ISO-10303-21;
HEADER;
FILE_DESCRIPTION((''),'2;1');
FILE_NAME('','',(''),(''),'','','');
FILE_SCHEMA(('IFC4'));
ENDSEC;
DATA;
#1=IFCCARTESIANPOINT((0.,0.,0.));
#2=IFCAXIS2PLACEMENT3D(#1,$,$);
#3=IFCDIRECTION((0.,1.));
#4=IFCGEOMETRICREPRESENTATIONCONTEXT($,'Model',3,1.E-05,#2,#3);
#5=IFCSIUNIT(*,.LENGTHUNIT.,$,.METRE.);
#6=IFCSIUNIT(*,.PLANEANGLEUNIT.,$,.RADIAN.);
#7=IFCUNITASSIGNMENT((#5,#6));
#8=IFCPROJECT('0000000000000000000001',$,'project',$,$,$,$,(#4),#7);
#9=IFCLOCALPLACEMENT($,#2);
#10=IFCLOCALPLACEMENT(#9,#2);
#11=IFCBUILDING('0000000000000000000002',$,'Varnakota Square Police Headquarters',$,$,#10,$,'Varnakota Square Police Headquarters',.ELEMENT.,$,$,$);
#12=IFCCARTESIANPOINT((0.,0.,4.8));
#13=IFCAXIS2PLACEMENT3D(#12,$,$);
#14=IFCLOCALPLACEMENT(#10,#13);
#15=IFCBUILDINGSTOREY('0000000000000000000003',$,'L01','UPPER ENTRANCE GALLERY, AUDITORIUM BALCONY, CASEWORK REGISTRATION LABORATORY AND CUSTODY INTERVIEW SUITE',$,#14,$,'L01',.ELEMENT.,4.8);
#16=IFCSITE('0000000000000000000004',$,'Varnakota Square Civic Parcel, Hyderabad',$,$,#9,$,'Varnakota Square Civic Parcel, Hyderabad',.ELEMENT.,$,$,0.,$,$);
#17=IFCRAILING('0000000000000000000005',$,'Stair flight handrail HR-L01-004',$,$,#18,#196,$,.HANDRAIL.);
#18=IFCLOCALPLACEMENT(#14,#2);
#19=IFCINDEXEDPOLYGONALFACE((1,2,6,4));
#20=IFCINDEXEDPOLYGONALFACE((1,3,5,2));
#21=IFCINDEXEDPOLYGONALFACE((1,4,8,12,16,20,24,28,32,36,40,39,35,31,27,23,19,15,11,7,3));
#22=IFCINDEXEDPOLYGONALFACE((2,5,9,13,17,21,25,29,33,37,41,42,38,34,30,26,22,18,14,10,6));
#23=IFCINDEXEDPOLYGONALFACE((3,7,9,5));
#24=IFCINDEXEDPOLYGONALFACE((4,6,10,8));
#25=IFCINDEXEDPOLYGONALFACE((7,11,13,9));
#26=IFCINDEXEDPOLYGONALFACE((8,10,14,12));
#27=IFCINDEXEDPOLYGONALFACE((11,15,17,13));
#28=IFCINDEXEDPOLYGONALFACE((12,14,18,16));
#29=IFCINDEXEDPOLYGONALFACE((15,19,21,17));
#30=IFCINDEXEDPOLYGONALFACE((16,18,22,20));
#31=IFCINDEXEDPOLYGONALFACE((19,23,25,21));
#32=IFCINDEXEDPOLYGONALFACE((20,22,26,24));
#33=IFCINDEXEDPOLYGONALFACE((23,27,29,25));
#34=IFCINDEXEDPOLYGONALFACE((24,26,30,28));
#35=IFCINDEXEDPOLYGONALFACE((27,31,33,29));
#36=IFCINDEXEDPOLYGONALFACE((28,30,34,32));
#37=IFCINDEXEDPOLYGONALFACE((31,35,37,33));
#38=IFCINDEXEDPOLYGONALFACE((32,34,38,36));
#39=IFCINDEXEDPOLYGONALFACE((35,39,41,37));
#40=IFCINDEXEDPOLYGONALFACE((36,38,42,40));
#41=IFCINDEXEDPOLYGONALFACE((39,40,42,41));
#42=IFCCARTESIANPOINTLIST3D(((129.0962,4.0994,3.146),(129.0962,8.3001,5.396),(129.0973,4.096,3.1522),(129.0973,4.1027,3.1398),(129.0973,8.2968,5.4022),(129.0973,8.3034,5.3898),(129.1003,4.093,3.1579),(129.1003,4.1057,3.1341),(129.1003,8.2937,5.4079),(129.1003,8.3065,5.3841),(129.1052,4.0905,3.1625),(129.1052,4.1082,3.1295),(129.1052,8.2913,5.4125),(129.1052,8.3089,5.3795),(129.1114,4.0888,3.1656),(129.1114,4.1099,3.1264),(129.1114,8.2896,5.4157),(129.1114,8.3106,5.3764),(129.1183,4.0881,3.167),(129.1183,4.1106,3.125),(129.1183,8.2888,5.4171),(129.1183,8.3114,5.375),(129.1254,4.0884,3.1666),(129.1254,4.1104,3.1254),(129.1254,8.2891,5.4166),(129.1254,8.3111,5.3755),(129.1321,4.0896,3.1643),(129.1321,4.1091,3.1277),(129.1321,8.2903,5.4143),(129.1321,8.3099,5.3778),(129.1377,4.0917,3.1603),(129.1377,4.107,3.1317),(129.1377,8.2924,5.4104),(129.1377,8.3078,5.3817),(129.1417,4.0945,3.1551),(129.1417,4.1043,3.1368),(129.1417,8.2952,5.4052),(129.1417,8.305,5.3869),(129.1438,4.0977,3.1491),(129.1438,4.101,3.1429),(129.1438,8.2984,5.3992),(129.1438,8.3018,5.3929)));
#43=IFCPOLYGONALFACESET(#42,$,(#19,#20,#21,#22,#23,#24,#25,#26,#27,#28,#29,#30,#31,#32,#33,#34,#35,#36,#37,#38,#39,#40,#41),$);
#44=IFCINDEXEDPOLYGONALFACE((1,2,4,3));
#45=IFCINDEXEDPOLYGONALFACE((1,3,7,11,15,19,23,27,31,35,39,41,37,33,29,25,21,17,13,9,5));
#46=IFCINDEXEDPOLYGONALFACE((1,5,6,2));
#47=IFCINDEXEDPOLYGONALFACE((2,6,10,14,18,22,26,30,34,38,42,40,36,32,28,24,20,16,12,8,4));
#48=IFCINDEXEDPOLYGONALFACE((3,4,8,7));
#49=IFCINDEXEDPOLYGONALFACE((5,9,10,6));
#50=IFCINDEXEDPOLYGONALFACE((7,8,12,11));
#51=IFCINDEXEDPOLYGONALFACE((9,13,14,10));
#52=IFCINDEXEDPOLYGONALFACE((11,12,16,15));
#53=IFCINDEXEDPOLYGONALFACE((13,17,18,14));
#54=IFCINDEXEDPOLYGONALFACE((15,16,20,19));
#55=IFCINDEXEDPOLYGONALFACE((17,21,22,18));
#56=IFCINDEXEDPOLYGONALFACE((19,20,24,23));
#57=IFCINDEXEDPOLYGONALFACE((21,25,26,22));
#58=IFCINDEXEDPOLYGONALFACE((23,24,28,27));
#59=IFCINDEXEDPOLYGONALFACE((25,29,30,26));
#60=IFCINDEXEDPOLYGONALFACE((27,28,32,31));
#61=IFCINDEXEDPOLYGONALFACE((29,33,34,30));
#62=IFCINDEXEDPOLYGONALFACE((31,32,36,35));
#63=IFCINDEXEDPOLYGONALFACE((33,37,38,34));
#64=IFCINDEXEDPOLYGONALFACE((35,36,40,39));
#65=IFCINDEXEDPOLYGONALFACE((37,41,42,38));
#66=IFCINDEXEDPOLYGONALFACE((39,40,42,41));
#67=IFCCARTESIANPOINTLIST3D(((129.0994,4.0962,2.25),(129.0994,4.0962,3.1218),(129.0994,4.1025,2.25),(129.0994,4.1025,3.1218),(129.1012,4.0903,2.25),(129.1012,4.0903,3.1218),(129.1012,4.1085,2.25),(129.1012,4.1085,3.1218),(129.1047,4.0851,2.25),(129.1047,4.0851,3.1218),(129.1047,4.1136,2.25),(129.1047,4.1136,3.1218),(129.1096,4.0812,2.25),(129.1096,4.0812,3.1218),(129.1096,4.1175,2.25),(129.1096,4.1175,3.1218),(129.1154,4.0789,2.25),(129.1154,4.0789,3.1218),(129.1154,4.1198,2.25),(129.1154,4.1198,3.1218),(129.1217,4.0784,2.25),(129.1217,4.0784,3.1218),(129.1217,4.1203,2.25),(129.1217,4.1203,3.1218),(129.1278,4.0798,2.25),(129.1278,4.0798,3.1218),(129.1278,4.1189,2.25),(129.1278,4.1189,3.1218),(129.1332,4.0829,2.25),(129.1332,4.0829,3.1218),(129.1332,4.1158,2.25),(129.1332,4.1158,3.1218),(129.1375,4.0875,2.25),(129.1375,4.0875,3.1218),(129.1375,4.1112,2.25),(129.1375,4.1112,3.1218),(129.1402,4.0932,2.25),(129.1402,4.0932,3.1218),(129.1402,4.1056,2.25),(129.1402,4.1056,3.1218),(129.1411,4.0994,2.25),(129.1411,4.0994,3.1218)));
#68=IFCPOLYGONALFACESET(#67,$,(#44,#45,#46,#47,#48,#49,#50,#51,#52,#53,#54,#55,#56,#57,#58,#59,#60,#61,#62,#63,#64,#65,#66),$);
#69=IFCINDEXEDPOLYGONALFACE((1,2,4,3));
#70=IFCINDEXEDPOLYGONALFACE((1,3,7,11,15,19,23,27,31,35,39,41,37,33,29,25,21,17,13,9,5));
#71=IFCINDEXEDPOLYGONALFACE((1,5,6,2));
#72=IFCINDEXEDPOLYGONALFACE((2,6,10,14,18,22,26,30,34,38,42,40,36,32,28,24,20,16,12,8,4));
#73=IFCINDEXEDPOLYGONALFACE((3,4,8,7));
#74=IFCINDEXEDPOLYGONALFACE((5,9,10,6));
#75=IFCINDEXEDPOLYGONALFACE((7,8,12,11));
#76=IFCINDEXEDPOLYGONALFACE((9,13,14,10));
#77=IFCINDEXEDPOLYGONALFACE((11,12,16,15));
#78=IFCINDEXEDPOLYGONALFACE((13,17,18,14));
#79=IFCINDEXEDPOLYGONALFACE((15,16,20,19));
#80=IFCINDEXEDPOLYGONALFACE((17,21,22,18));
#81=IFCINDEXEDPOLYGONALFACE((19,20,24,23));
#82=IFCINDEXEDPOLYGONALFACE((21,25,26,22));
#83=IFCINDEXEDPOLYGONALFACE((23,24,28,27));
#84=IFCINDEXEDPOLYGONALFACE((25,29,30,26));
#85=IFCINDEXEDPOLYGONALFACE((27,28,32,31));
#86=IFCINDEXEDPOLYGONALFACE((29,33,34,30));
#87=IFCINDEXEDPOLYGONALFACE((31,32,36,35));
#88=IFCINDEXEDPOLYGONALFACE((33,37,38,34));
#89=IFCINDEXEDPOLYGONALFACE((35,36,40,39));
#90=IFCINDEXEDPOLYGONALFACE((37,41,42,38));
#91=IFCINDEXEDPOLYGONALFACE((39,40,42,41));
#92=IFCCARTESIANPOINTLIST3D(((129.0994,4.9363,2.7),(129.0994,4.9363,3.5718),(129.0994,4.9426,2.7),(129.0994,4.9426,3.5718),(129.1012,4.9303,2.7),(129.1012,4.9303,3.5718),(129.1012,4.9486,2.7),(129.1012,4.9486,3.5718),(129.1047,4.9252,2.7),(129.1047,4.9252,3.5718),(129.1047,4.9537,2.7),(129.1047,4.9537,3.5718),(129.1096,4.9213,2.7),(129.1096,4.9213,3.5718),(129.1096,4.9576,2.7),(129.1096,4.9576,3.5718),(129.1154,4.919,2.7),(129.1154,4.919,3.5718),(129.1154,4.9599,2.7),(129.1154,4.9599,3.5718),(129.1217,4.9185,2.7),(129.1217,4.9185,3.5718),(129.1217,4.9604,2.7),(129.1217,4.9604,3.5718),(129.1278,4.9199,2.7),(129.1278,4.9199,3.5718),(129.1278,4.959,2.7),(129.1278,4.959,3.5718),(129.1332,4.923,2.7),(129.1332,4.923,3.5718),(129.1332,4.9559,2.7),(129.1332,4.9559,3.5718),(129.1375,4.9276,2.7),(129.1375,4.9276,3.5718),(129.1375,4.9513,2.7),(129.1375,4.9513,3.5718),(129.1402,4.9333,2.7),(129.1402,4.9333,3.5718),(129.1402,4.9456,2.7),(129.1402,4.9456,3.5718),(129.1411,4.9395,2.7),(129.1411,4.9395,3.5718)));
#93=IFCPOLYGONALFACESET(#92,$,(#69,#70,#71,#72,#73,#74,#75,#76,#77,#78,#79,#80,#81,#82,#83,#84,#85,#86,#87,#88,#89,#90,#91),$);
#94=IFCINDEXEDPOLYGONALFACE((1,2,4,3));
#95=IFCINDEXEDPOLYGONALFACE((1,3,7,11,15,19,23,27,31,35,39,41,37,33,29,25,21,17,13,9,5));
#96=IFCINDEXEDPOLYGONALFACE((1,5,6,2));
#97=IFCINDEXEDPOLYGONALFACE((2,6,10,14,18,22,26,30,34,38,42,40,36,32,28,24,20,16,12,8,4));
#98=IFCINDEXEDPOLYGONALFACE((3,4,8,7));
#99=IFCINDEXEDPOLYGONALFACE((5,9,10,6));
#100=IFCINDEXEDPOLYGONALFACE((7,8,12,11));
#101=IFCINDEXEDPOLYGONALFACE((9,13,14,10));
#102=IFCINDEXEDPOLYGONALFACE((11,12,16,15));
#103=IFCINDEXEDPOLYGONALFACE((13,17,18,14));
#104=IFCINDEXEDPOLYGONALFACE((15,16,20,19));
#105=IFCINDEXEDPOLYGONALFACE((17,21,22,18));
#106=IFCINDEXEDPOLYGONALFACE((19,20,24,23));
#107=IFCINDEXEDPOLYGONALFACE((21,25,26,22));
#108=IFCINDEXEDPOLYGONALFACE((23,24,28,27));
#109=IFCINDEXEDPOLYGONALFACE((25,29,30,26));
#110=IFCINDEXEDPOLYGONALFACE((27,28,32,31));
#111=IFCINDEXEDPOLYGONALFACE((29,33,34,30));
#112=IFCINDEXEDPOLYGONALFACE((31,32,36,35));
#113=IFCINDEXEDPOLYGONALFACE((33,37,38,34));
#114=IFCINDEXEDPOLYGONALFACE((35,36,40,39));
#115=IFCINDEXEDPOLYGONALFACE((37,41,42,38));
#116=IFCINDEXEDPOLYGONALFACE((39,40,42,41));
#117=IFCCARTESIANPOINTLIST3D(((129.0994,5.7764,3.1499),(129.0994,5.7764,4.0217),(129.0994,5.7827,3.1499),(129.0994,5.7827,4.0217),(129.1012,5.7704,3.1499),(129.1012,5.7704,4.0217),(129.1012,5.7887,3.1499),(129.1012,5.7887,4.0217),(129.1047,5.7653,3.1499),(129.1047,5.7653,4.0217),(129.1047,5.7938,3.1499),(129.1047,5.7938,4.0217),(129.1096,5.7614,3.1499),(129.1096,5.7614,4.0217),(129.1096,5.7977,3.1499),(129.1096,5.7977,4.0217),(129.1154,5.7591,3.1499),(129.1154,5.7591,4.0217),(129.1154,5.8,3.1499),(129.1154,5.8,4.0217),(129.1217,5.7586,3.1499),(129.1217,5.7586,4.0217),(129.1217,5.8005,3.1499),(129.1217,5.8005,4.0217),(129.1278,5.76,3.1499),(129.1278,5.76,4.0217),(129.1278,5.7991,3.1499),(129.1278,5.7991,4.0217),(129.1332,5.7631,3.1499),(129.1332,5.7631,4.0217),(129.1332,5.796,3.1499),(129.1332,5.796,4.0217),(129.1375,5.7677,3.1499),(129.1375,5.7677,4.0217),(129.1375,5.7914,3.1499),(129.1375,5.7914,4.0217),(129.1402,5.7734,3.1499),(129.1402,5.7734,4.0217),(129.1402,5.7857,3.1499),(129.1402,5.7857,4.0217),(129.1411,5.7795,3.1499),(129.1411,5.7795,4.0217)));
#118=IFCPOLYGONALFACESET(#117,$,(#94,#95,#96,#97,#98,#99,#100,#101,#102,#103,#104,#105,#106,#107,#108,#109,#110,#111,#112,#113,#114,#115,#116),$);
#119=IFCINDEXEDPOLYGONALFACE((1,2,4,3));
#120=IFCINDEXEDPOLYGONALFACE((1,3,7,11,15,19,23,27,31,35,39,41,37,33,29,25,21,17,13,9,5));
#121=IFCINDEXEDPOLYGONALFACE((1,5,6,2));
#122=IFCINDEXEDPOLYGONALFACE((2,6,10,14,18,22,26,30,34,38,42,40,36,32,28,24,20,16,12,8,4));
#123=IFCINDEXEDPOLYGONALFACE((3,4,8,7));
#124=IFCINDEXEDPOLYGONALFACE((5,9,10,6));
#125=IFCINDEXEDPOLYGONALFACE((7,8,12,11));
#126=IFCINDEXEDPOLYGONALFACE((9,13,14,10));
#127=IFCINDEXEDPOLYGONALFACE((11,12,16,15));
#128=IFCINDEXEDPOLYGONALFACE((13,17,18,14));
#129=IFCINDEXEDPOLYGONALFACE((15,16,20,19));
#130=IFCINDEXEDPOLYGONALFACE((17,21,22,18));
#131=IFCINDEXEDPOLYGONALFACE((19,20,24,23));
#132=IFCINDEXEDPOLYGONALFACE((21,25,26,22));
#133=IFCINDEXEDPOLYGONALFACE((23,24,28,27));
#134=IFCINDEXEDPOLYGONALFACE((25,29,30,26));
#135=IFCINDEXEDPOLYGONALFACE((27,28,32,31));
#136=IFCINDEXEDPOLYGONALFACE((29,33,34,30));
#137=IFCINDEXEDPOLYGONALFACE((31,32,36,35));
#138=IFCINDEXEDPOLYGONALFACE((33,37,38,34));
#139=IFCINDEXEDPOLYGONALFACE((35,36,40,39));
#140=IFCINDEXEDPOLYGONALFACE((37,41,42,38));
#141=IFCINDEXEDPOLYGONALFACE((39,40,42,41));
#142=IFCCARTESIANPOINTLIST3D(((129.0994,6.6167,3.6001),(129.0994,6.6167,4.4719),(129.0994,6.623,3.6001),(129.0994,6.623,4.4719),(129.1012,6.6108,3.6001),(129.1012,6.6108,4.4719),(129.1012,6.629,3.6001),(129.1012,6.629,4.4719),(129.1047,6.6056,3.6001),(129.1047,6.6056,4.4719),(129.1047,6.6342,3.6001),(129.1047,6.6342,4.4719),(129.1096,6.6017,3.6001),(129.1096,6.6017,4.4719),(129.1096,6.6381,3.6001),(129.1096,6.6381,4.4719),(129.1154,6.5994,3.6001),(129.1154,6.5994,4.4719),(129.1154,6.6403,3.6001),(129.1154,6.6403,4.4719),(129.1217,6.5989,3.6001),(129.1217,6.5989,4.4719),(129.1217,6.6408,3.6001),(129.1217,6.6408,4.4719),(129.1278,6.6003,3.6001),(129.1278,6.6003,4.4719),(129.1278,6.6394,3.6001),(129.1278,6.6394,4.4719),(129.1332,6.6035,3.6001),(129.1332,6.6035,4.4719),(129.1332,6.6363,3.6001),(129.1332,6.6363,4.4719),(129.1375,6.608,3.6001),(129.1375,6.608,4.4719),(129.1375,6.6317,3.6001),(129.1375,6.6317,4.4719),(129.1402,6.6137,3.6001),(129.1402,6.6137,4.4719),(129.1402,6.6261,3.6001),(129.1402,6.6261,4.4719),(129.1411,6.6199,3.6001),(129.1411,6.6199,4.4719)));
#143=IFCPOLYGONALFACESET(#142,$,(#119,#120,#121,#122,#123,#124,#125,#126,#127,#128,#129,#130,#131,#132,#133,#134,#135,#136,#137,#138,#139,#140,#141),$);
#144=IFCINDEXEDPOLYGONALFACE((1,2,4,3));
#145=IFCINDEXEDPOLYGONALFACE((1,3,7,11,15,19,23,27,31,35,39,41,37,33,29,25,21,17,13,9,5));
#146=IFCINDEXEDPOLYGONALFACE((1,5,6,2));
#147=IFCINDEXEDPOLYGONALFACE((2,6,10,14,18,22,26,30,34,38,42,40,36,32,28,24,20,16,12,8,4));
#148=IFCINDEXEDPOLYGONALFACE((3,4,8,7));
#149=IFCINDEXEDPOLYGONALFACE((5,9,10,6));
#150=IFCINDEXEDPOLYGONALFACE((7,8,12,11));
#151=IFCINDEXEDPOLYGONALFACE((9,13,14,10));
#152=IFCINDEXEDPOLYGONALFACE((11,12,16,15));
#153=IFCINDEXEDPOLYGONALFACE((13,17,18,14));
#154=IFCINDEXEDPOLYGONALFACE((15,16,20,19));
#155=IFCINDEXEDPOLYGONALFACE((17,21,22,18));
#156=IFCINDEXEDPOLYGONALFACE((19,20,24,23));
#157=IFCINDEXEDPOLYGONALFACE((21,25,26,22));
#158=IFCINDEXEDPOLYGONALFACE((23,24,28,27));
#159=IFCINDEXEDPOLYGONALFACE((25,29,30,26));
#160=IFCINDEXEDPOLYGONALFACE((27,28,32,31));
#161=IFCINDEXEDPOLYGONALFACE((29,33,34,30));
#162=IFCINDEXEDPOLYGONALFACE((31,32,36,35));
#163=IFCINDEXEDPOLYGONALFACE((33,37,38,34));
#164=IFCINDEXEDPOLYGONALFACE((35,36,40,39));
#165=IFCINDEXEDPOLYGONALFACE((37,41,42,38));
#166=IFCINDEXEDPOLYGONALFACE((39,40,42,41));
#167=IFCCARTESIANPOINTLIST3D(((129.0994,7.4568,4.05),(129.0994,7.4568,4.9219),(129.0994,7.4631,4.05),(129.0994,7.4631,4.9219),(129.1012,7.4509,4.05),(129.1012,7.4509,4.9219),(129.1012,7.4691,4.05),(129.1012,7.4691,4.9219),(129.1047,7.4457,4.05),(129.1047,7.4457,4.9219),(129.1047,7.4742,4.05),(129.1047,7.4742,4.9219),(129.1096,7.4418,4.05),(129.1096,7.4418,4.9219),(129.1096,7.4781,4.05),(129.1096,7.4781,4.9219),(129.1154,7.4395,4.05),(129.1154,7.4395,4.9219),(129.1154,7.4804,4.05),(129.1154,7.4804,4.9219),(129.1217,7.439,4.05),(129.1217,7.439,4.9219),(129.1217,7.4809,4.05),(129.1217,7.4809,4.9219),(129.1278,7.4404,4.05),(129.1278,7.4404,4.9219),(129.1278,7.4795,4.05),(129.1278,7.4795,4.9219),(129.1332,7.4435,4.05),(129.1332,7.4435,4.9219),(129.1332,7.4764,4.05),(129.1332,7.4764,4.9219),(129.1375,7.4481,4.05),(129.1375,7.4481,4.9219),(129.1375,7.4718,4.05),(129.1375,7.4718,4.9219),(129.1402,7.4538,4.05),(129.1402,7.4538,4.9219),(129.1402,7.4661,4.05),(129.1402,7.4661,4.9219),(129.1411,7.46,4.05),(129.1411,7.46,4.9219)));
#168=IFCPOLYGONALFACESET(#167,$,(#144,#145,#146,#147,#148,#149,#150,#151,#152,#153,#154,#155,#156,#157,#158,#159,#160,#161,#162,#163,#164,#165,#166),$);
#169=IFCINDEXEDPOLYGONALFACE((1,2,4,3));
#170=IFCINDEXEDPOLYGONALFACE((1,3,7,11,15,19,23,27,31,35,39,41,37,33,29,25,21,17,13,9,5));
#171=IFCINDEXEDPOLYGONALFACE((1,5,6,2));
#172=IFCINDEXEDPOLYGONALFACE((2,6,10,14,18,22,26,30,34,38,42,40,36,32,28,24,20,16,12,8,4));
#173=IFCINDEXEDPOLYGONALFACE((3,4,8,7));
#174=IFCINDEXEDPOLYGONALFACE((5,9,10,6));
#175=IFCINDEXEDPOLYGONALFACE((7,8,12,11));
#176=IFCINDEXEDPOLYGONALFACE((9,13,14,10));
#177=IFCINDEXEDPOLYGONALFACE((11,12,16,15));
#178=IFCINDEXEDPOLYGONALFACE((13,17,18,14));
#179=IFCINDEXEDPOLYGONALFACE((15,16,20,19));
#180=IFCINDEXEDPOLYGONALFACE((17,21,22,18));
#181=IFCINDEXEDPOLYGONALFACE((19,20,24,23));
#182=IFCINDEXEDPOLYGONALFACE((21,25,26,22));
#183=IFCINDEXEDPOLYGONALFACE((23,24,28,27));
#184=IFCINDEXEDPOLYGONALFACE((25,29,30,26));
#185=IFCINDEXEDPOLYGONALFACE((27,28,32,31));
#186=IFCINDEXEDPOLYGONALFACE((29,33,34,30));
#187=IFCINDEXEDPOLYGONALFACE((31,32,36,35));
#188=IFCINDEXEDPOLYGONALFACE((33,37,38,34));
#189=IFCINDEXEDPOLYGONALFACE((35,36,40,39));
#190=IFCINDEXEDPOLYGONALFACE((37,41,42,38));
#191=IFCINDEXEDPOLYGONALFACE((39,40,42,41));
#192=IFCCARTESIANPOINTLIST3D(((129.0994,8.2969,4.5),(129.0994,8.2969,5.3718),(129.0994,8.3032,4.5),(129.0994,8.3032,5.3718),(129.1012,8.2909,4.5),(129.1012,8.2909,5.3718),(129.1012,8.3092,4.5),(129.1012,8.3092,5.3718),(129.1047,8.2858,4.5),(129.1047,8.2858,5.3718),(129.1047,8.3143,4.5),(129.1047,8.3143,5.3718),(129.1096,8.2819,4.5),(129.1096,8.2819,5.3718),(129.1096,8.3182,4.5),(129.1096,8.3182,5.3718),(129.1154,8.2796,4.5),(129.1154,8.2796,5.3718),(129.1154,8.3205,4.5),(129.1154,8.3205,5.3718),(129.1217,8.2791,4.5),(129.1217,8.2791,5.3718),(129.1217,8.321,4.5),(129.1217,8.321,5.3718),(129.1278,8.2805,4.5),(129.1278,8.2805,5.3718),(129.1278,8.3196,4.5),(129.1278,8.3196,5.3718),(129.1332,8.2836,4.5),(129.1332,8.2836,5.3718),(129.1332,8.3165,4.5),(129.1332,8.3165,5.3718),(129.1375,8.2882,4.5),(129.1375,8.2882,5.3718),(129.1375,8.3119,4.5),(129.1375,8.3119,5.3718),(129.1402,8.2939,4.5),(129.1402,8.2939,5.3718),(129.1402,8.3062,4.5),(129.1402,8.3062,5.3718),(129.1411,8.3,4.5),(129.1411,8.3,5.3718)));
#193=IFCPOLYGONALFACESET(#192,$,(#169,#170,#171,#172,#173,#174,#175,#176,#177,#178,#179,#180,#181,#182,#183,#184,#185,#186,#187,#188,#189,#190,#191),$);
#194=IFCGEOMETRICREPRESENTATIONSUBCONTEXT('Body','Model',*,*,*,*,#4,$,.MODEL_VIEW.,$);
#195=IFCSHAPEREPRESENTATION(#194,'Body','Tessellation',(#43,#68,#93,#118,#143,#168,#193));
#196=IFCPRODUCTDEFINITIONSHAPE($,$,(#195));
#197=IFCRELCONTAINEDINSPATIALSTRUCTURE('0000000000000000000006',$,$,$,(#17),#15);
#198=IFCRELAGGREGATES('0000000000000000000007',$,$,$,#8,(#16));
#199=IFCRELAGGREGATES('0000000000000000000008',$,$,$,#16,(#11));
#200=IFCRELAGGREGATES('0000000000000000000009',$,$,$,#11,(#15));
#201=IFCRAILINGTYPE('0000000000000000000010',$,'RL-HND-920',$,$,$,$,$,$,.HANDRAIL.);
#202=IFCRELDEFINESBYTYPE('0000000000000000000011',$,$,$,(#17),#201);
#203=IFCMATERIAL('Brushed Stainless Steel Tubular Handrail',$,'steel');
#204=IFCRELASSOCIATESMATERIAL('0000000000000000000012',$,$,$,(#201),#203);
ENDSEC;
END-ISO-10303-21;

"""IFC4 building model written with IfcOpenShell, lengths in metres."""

from ifc_helpers import new_model, si_unit, direction, frame, origin, origin_2d, place, context, subcontext, project, spatial, circle, extrude, material, type_object, element, save


model = new_model("IFC4")

# Units and contexts
model_context = context("Model", 3, precision=1e-05, world=origin(), true_north=direction((0.0, 1.0)))
body_context = subcontext(model_context, "Body", "Model", "MODEL_VIEW")
ifc_project = project(units=[si_unit("LENGTHUNIT", "METRE"), si_unit("PLANEANGLEUNIT", "RADIAN")], contexts=[model_context])

# Site, building, storey
site_placement = place(None, origin())
site = spatial("IfcSite", under=ifc_project, at=site_placement, Name="Varnakota Square Civic Parcel, Hyderabad", LongName="Varnakota Square Civic Parcel, Hyderabad", CompositionType="ELEMENT", RefElevation=0.0)
building_placement = place(site_placement, origin())
building = spatial("IfcBuilding", under=site, at=building_placement, Name="Varnakota Square Police Headquarters", LongName="Varnakota Square Police Headquarters", CompositionType="ELEMENT")
storey_placement = place(building_placement, frame((0.0, 0.0, 4.8)))
storey = spatial("IfcBuildingStorey", under=building, at=storey_placement, Name="L01", Description="UPPER ENTRANCE GALLERY, AUDITORIUM BALCONY, CASEWORK REGISTRATION LABORATORY AND CUSTODY INTERVIEW SUITE", LongName="L01", CompositionType="ELEMENT", Elevation=4.8)

# Railing
ifc_material_1 = material(Name="Brushed Stainless Steel Tubular Handrail", Category="steel")
railing_type_1 = type_object("IfcRailingType", Name="RL-HND-920", PredefinedType="HANDRAIL", material=ifc_material_1)
railing_1_placement = place(storey_placement, frame((129.1201, 4.0994, 2.25)))
element("IfcRailing", 1, at=railing_1_placement, inside=storey, type_object=railing_type_1, Name="Stair flight handrail HR-L01-004", PredefinedType="HANDRAIL", context=body_context, shape_type="SweptSolid", body=[
    extrude(circle(Radius=0.0239, at=origin_2d()), frame((0.0, 0.0, 0.896), z_axis=(0.0, 0.881512, 0.472162), x_axis=(-1.0, 0.0, 0.0)), (0.0, 0.0, 1.0), 4.7654),
    extrude(circle(Radius=0.021, at=origin_2d()), origin(), (0.0, 0.0, 1.0), 0.8718),
    extrude(circle(Radius=0.021, at=origin_2d()), frame((0.0, 0.8401, 0.45)), (0.0, 0.0, 1.0), 0.8718),
    extrude(circle(Radius=0.021, at=origin_2d()), frame((0.0, 1.6802, 0.8999)), (0.0, 0.0, 1.0), 0.8718),
    extrude(circle(Radius=0.021, at=origin_2d()), frame((0.0, 2.5205, 1.3501)), (0.0, 0.0, 1.0), 0.8718),
    extrude(circle(Radius=0.021, at=origin_2d()), frame((0.0, 3.3606, 1.8)), (0.0, 0.0, 1.0), 0.8718),
    extrude(circle(Radius=0.021, at=origin_2d()), frame((0.0, 4.2007, 2.25)), (0.0, 0.0, 1.0), 0.8718),
])

save(model, "model.ifc")
